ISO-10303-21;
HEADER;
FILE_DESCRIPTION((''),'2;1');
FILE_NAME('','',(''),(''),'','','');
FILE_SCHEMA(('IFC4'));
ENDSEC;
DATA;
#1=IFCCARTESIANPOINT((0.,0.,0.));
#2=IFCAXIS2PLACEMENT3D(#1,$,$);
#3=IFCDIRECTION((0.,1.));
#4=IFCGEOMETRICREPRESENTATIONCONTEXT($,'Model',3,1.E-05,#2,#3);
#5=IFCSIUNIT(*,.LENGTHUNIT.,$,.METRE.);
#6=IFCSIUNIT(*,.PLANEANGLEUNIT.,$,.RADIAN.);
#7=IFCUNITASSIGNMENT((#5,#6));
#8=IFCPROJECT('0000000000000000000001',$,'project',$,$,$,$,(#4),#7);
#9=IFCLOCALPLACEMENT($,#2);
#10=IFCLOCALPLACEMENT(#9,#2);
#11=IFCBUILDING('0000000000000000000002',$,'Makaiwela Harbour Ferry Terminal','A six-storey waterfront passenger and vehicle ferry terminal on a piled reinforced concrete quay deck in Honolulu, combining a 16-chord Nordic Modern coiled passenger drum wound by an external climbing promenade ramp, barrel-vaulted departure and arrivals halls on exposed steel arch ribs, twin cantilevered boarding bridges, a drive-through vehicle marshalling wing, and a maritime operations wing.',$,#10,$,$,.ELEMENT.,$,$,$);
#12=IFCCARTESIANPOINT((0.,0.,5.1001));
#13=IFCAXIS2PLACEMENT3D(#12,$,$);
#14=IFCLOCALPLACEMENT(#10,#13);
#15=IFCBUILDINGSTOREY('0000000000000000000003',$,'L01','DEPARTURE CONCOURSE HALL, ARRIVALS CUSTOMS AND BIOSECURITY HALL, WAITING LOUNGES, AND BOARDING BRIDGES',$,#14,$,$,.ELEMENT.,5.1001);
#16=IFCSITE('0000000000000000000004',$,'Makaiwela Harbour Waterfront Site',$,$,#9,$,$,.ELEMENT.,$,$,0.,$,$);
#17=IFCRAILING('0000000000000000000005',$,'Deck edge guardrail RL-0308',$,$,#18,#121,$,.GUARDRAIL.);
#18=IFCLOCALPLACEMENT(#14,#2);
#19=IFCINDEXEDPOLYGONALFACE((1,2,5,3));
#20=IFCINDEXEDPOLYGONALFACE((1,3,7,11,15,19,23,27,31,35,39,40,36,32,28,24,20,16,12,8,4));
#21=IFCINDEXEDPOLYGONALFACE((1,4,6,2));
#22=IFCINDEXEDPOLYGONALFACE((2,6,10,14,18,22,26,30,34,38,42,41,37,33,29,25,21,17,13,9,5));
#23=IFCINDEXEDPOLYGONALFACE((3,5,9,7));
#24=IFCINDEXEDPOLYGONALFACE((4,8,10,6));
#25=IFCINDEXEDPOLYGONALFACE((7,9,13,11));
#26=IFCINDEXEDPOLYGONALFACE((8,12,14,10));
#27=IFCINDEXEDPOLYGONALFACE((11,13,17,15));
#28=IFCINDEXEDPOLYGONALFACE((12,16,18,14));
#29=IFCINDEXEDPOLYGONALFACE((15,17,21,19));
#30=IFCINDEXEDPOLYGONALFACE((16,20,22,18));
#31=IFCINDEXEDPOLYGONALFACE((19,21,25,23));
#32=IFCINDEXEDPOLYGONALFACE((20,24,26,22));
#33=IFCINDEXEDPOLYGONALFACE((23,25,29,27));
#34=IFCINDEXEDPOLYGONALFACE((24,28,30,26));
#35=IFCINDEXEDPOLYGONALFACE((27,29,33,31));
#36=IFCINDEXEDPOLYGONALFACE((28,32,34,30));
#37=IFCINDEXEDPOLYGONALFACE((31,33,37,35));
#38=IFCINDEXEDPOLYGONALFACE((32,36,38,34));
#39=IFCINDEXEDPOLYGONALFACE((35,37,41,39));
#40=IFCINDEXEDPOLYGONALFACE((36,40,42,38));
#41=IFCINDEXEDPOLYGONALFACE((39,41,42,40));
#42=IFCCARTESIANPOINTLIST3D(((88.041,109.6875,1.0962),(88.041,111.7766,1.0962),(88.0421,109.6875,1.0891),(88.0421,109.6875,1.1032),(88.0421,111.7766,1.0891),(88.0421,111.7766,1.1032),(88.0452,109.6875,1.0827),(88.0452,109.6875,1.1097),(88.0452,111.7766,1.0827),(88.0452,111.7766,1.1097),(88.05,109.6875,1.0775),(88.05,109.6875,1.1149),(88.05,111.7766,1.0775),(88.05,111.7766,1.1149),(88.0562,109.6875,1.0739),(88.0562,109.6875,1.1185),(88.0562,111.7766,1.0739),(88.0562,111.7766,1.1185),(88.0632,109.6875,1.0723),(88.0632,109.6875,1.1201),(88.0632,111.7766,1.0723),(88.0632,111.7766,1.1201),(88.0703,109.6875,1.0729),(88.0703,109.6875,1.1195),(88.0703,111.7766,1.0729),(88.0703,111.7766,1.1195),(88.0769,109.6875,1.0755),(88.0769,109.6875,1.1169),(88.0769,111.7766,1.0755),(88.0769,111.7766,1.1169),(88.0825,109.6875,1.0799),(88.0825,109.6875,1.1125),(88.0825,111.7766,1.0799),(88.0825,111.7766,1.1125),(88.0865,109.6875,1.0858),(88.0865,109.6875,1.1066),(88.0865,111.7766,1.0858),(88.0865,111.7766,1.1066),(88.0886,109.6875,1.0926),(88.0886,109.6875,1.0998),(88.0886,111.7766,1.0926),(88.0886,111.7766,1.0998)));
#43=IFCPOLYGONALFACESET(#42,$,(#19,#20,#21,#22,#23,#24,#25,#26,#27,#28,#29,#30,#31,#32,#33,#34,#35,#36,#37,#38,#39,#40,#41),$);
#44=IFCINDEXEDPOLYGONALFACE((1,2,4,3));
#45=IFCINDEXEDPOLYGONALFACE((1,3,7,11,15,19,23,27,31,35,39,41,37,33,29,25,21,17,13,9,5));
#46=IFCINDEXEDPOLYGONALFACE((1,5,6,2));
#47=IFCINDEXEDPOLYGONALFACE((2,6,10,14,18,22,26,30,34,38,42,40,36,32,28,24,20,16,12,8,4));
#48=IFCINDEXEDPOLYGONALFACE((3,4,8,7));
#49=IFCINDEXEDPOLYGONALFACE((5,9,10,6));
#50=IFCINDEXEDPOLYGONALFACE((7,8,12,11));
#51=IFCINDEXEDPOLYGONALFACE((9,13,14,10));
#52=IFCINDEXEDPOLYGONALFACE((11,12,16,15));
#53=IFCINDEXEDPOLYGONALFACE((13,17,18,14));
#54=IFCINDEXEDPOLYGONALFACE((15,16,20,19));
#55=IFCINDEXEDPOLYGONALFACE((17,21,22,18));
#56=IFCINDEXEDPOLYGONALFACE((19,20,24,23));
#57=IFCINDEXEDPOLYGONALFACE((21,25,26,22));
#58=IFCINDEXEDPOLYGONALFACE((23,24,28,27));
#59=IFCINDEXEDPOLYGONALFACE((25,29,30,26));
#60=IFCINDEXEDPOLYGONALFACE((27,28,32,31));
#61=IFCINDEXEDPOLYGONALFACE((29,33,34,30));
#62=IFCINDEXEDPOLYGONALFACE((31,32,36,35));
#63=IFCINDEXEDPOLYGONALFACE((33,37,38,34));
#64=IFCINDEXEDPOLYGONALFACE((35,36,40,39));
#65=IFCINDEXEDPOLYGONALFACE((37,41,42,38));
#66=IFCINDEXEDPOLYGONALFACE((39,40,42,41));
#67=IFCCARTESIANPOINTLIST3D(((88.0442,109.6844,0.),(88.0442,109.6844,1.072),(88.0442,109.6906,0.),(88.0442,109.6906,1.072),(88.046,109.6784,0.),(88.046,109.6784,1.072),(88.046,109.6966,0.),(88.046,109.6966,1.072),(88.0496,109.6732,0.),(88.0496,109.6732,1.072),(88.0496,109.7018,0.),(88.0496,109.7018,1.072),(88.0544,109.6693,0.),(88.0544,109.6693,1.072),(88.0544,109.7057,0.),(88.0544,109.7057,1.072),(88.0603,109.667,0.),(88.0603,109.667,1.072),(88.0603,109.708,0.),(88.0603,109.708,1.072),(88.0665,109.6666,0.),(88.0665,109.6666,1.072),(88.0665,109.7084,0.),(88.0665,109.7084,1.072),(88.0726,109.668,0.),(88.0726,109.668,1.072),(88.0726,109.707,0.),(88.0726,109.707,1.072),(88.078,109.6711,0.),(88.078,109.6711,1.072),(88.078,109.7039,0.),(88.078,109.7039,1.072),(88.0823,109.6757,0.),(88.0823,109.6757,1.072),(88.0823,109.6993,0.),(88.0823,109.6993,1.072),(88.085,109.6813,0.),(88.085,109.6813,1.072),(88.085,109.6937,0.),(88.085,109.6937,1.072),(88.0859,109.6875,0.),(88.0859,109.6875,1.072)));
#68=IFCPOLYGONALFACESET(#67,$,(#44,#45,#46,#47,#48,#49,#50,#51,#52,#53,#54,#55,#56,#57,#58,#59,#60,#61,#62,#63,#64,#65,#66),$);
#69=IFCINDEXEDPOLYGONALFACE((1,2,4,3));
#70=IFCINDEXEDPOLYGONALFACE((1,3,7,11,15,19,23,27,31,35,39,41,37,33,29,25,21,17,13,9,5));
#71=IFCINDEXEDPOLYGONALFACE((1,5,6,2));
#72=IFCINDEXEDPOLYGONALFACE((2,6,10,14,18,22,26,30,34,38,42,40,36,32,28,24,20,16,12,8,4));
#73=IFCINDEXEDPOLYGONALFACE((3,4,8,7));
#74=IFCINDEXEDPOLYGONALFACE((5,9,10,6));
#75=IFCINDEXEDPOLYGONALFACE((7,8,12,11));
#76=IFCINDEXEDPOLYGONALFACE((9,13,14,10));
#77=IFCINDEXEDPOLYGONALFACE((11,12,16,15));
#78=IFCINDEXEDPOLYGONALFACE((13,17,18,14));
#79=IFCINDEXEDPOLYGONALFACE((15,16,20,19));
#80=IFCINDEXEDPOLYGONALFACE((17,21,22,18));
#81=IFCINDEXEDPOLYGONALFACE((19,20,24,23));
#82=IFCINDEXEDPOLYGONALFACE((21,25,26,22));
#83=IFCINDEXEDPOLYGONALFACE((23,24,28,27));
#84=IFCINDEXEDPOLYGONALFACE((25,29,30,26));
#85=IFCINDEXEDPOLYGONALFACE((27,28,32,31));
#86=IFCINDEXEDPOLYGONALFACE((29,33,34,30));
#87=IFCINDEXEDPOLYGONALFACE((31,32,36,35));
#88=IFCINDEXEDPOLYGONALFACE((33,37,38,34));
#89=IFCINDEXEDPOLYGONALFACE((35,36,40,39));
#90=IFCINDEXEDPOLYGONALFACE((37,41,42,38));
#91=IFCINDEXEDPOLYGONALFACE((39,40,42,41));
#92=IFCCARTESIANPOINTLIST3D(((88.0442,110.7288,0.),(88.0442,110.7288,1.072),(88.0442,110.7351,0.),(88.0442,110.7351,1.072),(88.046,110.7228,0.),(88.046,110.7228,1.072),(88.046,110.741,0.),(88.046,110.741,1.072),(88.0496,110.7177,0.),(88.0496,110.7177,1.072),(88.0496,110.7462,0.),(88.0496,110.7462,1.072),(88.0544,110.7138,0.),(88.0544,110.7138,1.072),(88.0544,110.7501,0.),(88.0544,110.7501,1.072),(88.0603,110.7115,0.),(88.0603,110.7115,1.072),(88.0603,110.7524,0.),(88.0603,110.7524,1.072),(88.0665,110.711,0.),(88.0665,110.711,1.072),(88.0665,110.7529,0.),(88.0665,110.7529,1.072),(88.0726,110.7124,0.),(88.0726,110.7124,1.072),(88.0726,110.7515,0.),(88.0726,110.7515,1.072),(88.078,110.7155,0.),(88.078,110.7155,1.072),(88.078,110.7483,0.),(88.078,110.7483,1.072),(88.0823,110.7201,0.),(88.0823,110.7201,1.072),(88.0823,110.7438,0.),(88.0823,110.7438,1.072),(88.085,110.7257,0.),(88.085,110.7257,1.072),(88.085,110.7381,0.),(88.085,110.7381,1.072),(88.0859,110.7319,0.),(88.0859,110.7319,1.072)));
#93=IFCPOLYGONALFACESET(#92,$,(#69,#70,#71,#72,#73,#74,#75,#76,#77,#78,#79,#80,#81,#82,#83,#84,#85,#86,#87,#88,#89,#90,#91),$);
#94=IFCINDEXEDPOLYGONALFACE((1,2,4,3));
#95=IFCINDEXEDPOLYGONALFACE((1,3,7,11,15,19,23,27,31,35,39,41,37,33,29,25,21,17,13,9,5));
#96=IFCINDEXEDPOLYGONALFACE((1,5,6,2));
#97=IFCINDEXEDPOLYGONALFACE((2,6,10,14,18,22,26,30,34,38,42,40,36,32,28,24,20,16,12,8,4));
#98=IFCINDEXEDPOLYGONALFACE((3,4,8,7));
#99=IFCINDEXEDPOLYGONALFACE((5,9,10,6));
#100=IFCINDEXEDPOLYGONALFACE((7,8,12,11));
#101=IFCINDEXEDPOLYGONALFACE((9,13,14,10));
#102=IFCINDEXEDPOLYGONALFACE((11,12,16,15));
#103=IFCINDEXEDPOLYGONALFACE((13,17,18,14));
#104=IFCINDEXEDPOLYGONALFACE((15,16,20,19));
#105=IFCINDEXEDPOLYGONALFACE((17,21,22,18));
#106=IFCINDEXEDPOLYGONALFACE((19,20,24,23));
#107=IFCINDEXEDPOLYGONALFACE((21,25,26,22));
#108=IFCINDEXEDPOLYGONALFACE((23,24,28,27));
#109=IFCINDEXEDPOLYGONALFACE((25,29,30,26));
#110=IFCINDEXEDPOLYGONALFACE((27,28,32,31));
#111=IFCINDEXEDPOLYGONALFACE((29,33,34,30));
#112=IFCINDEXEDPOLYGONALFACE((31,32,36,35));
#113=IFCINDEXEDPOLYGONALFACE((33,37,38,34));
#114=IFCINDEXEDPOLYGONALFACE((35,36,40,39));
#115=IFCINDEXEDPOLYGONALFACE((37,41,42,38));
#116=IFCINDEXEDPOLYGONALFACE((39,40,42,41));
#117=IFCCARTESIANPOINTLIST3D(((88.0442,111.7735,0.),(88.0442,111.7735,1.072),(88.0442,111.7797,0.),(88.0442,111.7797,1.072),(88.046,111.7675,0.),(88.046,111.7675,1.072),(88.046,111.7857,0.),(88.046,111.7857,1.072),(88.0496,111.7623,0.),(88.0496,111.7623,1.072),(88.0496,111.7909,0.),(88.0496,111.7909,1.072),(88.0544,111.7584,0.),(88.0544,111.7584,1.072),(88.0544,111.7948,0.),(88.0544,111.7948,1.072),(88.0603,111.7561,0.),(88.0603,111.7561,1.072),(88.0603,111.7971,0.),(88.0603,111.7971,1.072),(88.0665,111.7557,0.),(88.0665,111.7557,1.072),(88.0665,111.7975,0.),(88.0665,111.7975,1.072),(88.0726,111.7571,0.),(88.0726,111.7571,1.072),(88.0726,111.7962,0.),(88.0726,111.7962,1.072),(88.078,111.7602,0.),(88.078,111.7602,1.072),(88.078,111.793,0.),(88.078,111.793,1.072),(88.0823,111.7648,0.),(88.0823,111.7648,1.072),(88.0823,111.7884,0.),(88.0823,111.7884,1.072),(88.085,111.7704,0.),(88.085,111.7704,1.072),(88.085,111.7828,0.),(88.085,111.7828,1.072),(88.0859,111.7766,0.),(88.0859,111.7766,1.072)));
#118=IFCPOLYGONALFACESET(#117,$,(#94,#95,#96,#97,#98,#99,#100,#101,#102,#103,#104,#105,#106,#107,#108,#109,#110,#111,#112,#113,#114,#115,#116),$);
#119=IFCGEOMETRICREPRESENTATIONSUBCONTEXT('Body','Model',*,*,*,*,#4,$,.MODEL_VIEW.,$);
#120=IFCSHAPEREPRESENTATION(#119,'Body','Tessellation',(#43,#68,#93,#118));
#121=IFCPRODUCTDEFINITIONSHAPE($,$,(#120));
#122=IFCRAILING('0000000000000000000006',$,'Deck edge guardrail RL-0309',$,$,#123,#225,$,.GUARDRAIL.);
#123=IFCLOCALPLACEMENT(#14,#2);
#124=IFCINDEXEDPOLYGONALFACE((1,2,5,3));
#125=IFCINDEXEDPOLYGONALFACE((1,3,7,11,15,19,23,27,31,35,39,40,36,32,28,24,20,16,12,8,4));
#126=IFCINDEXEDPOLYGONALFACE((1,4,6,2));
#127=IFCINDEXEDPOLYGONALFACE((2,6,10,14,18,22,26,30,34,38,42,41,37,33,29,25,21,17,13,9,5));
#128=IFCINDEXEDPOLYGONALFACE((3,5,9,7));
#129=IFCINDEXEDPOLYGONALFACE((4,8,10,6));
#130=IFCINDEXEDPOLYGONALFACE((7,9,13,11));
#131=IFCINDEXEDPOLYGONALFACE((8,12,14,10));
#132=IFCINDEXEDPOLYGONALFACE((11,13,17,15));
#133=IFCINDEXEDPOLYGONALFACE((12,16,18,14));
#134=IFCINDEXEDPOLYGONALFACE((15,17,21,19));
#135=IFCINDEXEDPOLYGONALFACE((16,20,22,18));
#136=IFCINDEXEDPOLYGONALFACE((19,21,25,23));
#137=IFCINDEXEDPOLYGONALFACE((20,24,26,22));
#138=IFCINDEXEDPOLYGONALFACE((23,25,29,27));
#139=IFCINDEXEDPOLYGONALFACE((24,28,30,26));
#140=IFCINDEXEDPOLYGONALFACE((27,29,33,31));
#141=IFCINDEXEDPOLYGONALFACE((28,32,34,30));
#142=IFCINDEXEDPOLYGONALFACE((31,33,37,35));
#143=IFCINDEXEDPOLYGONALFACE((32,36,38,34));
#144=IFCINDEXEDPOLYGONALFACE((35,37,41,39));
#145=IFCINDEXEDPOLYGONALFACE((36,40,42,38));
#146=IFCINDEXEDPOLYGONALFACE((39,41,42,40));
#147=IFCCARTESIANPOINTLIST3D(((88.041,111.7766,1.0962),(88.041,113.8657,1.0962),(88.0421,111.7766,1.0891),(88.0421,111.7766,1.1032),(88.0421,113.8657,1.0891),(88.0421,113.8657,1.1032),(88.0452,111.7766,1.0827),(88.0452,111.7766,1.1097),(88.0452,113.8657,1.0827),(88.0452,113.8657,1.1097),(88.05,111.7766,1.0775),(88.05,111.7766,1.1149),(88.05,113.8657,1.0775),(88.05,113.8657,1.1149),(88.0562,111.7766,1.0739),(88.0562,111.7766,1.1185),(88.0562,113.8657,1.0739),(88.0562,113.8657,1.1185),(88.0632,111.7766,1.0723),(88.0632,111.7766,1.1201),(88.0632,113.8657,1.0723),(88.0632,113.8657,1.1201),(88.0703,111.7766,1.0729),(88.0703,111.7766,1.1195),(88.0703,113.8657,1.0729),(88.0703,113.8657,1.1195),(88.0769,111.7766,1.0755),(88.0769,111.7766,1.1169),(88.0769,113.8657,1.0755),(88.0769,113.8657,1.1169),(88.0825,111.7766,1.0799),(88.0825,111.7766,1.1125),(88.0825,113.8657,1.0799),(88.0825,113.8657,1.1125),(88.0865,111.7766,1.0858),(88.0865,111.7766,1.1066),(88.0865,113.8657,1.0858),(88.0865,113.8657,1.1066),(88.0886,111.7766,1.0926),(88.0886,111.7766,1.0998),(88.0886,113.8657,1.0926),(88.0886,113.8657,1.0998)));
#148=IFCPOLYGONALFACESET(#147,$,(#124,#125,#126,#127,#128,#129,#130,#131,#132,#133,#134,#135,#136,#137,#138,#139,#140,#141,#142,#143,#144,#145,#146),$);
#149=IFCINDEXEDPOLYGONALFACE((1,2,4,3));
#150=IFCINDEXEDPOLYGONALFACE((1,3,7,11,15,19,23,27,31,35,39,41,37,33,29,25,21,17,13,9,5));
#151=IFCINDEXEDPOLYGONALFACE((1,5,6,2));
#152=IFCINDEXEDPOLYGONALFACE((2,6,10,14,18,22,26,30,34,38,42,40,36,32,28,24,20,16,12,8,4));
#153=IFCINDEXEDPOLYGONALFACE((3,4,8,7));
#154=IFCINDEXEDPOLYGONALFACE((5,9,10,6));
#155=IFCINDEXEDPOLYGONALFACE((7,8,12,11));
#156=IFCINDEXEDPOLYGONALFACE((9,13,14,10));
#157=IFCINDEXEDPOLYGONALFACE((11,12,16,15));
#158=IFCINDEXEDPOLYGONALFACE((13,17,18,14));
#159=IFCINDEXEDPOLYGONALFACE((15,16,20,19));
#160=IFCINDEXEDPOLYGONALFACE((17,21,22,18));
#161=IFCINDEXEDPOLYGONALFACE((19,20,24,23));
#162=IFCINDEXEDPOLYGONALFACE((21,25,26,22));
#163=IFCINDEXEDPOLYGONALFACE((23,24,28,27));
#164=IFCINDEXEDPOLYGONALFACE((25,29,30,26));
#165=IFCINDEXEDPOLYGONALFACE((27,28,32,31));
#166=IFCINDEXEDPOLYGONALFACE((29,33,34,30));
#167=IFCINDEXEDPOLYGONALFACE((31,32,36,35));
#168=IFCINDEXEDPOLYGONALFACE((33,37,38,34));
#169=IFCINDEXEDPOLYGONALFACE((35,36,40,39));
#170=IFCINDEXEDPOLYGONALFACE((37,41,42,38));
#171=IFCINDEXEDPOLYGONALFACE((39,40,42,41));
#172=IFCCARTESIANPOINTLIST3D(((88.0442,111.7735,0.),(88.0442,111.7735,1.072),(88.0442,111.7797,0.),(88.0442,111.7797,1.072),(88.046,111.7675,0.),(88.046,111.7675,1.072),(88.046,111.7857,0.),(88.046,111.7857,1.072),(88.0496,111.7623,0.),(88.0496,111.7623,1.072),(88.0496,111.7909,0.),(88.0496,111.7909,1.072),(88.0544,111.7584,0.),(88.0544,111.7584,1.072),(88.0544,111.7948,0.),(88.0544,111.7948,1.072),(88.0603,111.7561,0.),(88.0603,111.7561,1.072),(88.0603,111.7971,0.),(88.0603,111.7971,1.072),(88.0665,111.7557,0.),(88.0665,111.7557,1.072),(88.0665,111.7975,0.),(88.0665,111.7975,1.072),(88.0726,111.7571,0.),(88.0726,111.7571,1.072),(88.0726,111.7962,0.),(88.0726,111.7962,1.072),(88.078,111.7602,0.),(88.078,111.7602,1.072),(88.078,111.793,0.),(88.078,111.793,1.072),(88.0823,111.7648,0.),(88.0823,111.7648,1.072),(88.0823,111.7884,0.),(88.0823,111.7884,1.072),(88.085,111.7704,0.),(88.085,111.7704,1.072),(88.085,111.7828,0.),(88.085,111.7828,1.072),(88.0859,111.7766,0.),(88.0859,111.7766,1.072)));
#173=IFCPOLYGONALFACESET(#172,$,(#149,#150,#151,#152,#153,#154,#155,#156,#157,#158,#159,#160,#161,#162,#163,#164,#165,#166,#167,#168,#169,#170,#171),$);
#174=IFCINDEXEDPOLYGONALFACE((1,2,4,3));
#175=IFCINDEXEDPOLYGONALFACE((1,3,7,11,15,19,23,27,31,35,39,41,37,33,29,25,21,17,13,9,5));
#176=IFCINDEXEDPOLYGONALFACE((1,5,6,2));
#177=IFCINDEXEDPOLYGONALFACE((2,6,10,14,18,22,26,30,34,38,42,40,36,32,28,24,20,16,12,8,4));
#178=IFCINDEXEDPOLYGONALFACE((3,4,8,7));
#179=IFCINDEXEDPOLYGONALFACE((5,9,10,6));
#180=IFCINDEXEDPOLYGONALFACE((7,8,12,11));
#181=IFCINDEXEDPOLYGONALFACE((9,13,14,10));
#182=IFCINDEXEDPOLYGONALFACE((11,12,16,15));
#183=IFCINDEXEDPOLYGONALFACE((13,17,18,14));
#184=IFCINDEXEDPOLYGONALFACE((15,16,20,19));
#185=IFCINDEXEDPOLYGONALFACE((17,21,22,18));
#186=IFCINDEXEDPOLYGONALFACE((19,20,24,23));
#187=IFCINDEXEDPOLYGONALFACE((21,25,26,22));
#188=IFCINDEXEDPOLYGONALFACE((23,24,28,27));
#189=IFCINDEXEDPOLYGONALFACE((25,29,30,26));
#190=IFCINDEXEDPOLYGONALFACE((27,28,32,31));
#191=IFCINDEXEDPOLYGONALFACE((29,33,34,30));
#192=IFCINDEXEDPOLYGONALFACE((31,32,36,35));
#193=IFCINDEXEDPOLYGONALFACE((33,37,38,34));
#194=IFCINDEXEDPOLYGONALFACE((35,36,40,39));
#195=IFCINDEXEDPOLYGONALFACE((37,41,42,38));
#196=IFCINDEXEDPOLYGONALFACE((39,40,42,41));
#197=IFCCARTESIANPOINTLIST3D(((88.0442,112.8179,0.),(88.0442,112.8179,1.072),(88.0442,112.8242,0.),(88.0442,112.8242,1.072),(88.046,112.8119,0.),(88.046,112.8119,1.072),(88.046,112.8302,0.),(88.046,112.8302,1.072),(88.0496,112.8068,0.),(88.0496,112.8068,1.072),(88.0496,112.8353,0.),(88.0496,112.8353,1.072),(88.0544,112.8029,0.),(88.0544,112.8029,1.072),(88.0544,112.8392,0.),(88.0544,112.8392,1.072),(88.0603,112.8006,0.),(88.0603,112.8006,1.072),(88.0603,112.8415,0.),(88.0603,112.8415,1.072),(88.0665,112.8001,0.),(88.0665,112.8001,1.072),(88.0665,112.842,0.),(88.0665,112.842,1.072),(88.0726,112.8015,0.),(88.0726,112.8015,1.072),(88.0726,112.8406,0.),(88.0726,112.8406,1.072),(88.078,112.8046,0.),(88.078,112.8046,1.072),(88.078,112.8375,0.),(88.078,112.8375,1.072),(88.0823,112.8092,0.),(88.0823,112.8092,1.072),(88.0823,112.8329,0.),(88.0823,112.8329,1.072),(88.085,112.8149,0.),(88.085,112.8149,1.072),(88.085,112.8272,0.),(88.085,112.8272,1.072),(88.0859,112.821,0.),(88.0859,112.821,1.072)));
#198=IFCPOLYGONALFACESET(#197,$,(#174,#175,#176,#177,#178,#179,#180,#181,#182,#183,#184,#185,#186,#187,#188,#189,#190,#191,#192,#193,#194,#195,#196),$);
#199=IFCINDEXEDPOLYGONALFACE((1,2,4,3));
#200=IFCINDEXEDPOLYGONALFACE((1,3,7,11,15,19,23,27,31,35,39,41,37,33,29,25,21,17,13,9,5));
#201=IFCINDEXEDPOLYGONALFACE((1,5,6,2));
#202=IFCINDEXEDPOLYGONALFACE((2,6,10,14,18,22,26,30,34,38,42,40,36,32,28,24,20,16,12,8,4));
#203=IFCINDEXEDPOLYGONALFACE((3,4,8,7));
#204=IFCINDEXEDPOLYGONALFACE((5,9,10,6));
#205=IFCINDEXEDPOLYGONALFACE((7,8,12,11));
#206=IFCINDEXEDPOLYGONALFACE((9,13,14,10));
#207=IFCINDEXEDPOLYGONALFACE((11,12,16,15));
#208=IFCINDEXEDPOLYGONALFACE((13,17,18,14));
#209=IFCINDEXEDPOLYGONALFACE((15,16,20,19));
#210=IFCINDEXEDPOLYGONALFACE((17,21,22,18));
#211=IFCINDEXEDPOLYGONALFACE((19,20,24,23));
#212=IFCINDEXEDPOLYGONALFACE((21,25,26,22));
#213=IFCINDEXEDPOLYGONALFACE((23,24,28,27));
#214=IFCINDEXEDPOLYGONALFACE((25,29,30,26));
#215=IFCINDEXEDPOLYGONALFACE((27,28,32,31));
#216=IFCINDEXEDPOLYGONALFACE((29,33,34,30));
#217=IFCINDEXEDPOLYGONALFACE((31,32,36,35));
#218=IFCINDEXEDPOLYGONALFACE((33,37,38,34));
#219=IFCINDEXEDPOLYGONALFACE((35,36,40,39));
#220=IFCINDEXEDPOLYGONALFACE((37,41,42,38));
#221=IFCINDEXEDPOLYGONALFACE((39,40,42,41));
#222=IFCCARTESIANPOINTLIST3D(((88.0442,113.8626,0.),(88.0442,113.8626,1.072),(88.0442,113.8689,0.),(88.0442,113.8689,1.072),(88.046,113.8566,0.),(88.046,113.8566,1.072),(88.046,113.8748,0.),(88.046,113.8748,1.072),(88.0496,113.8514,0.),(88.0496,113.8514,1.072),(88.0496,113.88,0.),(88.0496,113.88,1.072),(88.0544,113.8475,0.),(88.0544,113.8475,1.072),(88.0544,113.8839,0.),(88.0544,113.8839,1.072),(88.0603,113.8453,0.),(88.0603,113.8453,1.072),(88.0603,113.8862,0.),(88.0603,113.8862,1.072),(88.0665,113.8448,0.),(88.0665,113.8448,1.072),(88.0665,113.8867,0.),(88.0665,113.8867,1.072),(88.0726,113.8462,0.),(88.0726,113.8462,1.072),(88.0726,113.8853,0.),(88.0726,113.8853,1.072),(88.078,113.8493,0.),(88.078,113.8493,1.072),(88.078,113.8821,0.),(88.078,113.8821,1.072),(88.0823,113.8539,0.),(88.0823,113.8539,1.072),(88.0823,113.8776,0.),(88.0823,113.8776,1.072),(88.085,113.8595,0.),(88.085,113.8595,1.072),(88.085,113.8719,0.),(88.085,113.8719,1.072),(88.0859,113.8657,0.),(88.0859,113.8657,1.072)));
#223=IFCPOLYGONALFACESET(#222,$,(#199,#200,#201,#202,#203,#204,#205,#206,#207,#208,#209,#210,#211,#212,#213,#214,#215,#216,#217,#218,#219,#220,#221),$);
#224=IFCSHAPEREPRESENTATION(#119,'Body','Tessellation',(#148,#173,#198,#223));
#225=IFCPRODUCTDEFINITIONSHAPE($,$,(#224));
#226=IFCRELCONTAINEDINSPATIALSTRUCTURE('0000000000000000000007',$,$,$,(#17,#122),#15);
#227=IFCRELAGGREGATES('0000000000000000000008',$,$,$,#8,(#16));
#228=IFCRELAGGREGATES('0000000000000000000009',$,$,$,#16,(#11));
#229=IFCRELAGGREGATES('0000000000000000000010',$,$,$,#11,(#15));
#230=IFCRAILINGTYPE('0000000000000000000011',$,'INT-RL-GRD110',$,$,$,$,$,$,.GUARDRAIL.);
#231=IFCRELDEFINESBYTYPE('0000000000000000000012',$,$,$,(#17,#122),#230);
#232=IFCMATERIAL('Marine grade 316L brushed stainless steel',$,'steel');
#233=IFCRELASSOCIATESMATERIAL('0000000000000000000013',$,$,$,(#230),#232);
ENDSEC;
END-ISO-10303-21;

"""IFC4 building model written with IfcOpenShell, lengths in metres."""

from ifc_helpers import new_model, si_unit, direction, frame, origin, origin_2d, place, context, subcontext, project, spatial, circle, extrude, material, type_object, element, save


model = new_model("IFC4")

# Units and contexts
model_context = context("Model", 3, precision=1e-05, world=origin(), true_north=direction((0.0, 1.0)))
body_context = subcontext(model_context, "Body", "Model", "MODEL_VIEW")
ifc_project = project(units=[si_unit("LENGTHUNIT", "METRE"), si_unit("PLANEANGLEUNIT", "RADIAN")], contexts=[model_context])

# Site, building, storey
site_placement = place(None, origin())
site = spatial("IfcSite", under=ifc_project, at=site_placement, Name="Makaiwela Harbour Waterfront Site", CompositionType="ELEMENT", RefElevation=0.0)
building_placement = place(site_placement, origin())
building = spatial("IfcBuilding", under=site, at=building_placement, Name="Makaiwela Harbour Ferry Terminal", Description="A six-storey waterfront passenger and vehicle ferry terminal on a piled reinforced concrete quay deck in Honolulu, combining a 16-chord Nordic Modern coiled passenger drum wound by an external climbing promenade ramp, barrel-vaulted departure and arrivals halls on exposed steel arch ribs, twin cantilevered boarding bridges, a drive-through vehicle marshalling wing, and a maritime operations wing.", CompositionType="ELEMENT")
storey_placement = place(building_placement, frame((0.0, 0.0, 5.1001)))
storey = spatial("IfcBuildingStorey", under=building, at=storey_placement, Name="L01", Description="DEPARTURE CONCOURSE HALL, ARRIVALS CUSTOMS AND BIOSECURITY HALL, WAITING LOUNGES, AND BOARDING BRIDGES", CompositionType="ELEMENT", Elevation=5.1001)

# Railings
ifc_material_1 = material(Name="Marine grade 316L brushed stainless steel", Category="steel")
railing_type = type_object("IfcRailingType", Name="INT-RL-GRD110", PredefinedType="GUARDRAIL", material=ifc_material_1)
for number, where, name in (
    (1, (88.0649, 109.6875, 0.0), "Deck edge guardrail RL-0308"),
    (2, (88.0649, 111.7766, 0.0), "Deck edge guardrail RL-0309"),
):
    element("IfcRailing", number, at=place(storey_placement, frame(where)), inside=storey, type_object=railing_type, Name=name, PredefinedType="GUARDRAIL", context=body_context, shape_type="SweptSolid", body=[
        extrude(circle(Radius=0.0239, at=origin_2d()), frame((0.0, 0.0, 1.0962), z_axis=(0.0, 1.0, 0.0), x_axis=(-1.0, 0.0, 0.0)), (0.0, 0.0, 1.0), 2.0891),
        extrude(circle(Radius=0.021, at=origin_2d()), origin(), (0.0, 0.0, 1.0), 1.072),
        extrude(circle(Radius=0.021, at=origin_2d()), frame((0.0, 1.0444, 0.0)), (0.0, 0.0, 1.0), 1.072),
        extrude(circle(Radius=0.021, at=origin_2d()), frame((0.0, 2.0891, 0.0)), (0.0, 0.0, 1.0), 1.072),
    ])

save(model, "model.ifc")
